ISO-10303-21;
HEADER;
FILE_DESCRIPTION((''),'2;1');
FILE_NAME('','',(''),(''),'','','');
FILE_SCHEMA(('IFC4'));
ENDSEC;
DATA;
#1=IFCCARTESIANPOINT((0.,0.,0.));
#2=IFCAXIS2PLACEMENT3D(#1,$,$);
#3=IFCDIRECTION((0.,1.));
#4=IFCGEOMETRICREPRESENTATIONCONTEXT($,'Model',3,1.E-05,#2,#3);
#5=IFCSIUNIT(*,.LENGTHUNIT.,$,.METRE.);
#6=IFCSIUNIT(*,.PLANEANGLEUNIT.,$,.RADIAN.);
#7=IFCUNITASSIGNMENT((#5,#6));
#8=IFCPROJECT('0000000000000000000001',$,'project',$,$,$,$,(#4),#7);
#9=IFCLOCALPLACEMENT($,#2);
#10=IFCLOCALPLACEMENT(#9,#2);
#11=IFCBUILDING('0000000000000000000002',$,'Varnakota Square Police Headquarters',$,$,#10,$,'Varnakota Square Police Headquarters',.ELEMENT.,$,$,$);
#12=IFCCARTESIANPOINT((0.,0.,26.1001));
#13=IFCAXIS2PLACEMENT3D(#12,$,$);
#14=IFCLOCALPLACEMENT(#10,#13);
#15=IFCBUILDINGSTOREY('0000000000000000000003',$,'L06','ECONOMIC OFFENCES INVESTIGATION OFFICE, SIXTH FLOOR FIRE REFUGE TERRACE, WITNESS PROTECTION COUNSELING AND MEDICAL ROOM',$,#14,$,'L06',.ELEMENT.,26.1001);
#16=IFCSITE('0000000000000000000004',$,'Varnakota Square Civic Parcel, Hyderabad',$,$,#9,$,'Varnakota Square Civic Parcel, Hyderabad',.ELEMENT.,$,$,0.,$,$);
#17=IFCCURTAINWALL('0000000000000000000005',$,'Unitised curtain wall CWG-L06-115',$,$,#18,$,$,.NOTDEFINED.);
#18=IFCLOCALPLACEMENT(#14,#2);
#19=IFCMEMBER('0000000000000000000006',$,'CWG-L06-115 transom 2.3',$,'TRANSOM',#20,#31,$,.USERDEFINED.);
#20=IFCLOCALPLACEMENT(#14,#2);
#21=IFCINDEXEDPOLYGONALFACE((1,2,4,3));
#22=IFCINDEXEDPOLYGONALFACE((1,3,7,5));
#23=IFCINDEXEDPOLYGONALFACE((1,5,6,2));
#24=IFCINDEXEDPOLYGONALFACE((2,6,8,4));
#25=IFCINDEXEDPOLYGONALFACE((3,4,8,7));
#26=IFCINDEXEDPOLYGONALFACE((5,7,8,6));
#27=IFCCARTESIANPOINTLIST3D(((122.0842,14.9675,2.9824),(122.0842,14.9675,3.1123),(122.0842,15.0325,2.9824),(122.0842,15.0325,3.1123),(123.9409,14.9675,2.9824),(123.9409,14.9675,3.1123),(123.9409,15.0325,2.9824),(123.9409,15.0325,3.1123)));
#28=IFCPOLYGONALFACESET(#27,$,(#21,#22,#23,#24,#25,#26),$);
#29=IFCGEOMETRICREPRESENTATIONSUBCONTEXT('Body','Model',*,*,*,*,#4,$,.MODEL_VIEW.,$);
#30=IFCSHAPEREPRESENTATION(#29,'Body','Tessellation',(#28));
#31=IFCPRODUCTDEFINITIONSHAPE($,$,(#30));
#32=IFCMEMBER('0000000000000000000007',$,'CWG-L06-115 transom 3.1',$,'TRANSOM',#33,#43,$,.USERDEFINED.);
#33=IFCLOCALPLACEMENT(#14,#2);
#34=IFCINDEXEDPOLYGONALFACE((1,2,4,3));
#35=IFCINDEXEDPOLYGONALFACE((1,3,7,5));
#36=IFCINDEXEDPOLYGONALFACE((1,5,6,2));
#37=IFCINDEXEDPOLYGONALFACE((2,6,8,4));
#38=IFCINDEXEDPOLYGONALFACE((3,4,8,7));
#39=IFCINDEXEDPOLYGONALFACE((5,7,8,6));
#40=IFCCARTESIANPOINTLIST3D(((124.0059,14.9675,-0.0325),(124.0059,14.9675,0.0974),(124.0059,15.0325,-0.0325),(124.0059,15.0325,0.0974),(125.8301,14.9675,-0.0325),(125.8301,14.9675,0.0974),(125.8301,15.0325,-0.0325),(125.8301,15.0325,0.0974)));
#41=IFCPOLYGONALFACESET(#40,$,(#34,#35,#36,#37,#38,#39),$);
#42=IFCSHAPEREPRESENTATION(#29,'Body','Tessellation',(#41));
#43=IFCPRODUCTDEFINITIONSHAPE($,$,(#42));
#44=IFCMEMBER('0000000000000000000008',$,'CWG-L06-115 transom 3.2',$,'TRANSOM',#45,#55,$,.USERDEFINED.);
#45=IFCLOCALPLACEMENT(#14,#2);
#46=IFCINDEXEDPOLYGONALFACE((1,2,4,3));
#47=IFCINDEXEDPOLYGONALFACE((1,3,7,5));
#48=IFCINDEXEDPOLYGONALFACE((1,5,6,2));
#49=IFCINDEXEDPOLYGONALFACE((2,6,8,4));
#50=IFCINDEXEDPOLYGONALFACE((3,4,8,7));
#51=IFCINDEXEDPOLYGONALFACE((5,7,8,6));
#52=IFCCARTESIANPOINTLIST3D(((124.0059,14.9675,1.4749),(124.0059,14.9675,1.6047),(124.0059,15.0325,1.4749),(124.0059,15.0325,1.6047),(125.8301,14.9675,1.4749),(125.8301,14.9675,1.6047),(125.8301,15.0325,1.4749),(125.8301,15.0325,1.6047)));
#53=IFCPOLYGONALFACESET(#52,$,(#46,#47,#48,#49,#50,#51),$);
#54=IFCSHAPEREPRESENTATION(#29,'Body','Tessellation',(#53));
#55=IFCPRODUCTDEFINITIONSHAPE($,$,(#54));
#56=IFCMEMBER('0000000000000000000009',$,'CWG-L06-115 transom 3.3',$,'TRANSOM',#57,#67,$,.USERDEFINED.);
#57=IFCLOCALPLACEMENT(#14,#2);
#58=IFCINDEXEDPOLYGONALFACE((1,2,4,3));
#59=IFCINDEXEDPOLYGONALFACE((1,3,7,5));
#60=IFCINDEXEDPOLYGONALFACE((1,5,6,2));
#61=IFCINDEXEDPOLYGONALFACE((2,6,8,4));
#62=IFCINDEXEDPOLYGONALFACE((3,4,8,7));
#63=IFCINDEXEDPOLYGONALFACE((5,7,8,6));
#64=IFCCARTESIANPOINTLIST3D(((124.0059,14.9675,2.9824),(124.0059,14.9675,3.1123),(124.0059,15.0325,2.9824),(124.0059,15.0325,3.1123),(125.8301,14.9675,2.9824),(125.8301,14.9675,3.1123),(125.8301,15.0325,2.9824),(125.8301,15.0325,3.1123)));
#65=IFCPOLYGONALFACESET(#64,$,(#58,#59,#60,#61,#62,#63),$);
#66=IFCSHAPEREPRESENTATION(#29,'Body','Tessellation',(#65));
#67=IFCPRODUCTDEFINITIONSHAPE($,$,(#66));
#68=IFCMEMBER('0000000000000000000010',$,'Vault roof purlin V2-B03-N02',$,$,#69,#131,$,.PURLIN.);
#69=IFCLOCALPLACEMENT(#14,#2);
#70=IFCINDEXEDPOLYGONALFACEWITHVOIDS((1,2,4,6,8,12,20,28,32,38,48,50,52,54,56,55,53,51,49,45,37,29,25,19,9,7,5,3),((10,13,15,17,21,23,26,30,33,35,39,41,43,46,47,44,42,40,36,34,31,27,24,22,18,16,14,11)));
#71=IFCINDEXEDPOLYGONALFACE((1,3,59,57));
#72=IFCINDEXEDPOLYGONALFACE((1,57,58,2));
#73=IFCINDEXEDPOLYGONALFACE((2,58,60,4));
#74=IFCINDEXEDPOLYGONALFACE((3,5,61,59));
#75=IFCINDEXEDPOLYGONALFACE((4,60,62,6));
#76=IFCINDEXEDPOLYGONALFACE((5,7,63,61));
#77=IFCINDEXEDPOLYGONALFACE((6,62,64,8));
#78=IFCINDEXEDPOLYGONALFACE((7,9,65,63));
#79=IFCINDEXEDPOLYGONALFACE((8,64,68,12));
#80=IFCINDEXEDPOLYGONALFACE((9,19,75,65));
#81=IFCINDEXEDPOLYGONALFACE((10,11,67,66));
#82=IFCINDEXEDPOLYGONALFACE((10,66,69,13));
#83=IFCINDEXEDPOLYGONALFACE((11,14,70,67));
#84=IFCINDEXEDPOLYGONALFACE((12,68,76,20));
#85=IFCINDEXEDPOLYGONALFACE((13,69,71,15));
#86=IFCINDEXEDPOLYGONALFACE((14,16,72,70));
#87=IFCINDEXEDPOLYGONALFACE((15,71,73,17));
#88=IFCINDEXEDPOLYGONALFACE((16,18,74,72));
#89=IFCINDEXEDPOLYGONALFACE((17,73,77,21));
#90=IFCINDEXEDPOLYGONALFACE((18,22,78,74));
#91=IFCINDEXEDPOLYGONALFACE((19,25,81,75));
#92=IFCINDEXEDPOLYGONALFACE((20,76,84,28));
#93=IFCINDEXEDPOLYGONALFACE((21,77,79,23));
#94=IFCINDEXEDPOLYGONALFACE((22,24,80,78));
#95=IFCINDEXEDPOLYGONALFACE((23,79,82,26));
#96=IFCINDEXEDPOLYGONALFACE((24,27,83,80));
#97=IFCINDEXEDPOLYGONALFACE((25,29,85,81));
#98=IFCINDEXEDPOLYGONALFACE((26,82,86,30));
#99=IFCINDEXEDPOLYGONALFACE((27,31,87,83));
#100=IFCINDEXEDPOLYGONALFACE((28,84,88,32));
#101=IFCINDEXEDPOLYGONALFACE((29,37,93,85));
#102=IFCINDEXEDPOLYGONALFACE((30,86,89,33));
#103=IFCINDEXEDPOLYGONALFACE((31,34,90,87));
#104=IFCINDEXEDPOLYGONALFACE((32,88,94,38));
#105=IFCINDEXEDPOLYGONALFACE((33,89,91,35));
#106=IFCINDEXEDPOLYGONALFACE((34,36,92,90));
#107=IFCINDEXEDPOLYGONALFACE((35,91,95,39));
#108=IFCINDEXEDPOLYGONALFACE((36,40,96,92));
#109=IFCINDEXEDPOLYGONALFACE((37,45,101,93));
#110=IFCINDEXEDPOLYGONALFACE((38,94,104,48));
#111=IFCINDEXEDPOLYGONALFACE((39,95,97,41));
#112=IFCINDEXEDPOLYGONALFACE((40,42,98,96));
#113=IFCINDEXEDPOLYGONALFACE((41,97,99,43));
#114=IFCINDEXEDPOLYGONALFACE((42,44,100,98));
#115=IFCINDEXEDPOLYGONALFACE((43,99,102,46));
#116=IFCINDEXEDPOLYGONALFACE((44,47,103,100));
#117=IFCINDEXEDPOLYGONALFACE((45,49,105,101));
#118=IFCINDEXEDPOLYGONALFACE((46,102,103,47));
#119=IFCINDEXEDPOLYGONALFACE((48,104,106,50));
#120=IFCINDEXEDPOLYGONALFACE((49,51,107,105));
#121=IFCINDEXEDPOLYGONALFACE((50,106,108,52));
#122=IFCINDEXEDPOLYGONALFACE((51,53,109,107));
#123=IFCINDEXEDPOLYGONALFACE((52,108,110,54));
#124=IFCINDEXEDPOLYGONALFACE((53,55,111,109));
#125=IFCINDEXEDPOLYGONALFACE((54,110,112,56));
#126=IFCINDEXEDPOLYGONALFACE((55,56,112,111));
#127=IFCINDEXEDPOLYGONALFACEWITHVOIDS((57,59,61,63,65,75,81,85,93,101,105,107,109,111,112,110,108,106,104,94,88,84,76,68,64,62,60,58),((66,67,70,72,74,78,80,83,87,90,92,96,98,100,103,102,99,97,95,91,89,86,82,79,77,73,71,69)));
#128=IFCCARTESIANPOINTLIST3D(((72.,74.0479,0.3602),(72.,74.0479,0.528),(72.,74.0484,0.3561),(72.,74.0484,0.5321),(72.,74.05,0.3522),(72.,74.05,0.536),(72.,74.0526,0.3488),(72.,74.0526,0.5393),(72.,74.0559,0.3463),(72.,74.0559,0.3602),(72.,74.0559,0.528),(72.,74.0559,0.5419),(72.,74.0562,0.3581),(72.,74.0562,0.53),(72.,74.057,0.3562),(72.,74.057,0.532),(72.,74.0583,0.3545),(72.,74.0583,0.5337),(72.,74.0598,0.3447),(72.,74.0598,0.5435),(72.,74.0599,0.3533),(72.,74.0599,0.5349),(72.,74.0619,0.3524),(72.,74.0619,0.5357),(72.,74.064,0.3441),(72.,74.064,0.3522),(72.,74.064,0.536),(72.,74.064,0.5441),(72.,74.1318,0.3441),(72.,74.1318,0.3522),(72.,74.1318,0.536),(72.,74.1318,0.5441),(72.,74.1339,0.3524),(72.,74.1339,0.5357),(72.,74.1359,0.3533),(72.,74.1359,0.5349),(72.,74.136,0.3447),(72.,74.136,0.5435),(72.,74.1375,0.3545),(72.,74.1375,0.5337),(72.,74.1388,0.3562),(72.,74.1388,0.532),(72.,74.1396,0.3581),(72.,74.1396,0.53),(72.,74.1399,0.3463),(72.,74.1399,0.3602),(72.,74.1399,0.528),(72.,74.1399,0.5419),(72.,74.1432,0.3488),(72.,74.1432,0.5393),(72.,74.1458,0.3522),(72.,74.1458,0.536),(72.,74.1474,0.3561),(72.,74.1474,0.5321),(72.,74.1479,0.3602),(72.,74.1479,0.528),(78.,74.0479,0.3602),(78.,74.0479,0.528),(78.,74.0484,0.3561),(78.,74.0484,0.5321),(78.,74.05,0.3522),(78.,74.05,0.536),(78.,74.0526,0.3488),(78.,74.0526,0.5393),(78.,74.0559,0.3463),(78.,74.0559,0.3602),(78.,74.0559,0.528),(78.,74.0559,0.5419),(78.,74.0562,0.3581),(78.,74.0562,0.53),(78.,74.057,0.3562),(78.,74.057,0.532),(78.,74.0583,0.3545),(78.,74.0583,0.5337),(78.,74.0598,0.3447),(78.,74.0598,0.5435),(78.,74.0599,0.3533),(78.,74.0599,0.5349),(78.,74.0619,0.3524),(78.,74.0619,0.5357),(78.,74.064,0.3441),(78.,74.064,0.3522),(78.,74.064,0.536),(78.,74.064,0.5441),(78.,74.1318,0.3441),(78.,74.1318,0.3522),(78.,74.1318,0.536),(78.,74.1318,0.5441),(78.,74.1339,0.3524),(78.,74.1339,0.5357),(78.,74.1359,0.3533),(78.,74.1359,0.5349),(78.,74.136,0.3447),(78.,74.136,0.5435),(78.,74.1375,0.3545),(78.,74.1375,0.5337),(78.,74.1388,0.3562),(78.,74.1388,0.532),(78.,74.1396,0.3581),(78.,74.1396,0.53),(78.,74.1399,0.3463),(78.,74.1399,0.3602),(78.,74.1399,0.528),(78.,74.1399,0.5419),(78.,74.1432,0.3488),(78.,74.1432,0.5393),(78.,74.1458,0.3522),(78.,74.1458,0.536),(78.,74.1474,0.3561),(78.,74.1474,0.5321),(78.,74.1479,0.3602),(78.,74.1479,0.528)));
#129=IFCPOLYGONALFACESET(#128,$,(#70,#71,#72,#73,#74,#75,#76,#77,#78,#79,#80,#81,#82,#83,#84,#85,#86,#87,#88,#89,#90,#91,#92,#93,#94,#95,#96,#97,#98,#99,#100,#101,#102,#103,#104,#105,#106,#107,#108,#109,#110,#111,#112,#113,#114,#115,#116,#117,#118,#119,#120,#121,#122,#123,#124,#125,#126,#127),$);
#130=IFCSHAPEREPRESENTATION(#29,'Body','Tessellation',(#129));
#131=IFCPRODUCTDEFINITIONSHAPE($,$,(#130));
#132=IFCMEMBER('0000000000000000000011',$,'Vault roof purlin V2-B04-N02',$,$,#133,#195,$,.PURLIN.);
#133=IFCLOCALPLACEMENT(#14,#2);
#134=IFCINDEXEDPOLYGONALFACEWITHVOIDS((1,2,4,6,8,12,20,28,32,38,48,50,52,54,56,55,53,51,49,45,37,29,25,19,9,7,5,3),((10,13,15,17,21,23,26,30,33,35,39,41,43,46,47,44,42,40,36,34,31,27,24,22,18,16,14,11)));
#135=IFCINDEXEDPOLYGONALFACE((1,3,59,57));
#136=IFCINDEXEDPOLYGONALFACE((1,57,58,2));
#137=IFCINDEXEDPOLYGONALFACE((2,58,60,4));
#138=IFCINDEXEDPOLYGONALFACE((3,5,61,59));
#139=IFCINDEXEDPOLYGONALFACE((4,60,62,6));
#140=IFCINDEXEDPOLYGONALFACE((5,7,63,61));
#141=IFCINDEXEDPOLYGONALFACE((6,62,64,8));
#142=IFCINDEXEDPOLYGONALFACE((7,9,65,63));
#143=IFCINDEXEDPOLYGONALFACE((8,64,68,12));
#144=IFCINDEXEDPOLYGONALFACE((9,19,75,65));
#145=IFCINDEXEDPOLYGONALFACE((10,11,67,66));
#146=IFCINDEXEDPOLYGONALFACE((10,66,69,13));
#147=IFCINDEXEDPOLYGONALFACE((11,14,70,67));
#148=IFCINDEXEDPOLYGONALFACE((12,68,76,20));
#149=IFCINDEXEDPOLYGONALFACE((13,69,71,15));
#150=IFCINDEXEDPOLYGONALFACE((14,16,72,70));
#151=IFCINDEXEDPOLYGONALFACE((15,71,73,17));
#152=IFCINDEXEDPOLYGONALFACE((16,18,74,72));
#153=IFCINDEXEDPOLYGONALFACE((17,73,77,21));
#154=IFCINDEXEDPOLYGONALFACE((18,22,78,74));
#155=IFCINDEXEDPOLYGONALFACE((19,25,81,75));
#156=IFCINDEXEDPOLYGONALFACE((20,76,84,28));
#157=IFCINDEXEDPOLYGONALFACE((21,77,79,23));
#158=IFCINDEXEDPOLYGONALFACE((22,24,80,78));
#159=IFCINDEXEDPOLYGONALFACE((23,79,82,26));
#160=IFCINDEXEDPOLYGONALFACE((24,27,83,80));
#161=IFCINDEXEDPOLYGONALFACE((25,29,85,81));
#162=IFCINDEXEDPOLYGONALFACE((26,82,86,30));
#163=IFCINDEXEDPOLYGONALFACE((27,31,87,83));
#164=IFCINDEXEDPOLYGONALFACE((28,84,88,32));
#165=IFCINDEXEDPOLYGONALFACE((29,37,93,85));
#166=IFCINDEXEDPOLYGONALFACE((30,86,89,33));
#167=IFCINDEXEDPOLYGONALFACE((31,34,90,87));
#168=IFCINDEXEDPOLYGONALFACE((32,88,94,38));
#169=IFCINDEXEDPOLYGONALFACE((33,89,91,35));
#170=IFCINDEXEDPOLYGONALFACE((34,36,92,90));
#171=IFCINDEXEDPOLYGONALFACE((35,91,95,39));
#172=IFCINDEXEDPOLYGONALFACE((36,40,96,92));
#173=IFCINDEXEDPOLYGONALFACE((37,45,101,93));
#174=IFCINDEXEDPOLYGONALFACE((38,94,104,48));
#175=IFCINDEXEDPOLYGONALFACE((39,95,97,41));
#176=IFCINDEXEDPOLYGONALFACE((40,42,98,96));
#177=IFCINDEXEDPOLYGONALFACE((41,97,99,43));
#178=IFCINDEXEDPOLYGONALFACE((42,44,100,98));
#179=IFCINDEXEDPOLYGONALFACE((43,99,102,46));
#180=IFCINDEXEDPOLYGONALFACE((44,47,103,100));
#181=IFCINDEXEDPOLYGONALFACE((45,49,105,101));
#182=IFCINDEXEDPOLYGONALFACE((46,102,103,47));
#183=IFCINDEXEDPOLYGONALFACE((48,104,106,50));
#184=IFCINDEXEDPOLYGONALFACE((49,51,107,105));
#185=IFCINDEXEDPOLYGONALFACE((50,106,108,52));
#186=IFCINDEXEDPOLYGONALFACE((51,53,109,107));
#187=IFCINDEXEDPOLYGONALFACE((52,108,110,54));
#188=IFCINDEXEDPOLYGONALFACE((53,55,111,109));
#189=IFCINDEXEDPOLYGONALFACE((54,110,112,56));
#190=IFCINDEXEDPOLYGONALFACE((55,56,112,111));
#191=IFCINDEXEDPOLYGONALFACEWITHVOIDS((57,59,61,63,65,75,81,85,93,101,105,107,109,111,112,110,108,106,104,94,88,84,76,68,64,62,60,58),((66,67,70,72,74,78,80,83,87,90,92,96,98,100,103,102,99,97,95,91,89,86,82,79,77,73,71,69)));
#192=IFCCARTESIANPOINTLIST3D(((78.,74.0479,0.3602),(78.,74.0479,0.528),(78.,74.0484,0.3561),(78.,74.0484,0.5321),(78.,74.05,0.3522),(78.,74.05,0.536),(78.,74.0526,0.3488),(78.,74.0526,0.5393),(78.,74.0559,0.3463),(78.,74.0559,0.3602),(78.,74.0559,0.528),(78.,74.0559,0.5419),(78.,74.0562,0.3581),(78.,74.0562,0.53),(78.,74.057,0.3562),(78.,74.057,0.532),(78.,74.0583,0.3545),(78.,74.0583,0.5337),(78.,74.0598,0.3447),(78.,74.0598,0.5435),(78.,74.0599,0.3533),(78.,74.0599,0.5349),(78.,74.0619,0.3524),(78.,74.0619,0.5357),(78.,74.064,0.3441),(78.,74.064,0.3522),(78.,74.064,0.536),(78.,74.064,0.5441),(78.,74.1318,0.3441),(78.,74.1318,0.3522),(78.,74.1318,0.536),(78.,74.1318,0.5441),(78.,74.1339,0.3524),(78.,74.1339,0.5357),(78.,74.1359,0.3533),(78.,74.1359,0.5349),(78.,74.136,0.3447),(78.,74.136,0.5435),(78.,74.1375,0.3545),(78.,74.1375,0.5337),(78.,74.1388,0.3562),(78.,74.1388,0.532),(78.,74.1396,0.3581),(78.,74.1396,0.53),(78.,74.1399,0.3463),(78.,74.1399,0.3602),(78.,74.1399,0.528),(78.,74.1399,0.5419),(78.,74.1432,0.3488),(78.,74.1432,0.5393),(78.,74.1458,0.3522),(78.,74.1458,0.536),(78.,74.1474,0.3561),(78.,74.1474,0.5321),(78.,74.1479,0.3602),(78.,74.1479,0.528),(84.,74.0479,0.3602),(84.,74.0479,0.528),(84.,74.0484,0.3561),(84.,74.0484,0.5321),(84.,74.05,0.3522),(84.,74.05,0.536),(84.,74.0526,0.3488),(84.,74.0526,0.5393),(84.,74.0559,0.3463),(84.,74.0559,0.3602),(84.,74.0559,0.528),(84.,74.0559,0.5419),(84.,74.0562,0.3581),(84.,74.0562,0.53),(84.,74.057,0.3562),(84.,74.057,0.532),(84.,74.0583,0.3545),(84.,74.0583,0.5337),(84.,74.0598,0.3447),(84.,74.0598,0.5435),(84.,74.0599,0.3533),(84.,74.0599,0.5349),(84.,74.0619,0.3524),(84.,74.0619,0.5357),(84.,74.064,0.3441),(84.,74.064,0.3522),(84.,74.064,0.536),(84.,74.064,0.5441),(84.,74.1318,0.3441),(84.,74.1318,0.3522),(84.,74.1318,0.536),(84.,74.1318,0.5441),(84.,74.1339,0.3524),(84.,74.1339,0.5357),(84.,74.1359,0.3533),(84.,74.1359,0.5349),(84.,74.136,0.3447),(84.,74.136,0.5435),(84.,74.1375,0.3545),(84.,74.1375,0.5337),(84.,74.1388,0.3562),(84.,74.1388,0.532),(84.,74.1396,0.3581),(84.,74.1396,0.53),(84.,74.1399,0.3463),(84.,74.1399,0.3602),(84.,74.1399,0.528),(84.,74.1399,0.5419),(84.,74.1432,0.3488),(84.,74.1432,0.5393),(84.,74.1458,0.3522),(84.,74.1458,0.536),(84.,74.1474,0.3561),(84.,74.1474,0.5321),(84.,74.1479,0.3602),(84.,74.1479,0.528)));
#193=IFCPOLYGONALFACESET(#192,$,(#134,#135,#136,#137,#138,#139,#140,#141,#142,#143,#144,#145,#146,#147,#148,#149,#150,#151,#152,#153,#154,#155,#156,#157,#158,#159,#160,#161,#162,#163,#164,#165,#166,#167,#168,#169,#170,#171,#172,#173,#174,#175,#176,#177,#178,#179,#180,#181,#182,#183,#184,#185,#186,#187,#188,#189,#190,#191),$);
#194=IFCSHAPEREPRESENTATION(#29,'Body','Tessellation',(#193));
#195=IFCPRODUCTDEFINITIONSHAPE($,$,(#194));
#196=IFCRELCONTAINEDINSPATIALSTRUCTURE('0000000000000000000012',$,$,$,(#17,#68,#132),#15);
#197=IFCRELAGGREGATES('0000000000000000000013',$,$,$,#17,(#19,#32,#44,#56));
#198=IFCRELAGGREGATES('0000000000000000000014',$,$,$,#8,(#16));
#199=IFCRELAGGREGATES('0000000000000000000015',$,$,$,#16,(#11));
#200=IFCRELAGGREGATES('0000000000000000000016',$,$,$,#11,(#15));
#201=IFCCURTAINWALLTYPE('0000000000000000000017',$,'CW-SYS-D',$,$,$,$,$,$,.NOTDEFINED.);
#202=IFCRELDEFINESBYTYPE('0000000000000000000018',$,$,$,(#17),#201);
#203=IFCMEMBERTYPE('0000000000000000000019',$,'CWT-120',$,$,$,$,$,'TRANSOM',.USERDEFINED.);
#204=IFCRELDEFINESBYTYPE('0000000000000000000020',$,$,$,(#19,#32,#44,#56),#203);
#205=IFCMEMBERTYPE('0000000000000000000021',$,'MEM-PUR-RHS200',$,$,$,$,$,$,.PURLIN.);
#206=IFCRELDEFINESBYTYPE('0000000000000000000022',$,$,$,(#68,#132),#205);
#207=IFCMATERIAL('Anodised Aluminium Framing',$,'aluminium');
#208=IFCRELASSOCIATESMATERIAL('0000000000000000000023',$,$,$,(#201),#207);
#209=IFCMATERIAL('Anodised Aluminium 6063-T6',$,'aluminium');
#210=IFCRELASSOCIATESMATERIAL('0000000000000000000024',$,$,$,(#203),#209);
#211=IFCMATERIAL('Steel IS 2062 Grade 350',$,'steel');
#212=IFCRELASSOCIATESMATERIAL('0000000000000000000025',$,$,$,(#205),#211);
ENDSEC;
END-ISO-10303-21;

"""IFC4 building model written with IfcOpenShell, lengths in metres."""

from ifc_helpers import new_model, si_unit, direction, frame, origin, origin_2d, place, context, subcontext, project, spatial, rectangle, hollow_rectangle, extrude, material, material_profile, profile_set, type_object, element, aggregate, save


model = new_model("IFC4")

# Units and contexts
model_context = context("Model", 3, precision=1e-05, world=origin(), true_north=direction((0.0, 1.0)))
body_context = subcontext(model_context, "Body", "Model", "MODEL_VIEW")
ifc_project = project(units=[si_unit("LENGTHUNIT", "METRE"), si_unit("PLANEANGLEUNIT", "RADIAN")], contexts=[model_context])

# Site, building, storey
site_placement = place(None, origin())
site = spatial("IfcSite", under=ifc_project, at=site_placement, Name="Varnakota Square Civic Parcel, Hyderabad", LongName="Varnakota Square Civic Parcel, Hyderabad", CompositionType="ELEMENT", RefElevation=0.0)
building_placement = place(site_placement, origin())
building = spatial("IfcBuilding", under=site, at=building_placement, Name="Varnakota Square Police Headquarters", LongName="Varnakota Square Police Headquarters", CompositionType="ELEMENT")
storey_placement = place(building_placement, frame((0.0, 0.0, 26.1001)))
storey = spatial("IfcBuildingStorey", under=building, at=storey_placement, Name="L06", Description="ECONOMIC OFFENCES INVESTIGATION OFFICE, SIXTH FLOOR FIRE REFUGE TERRACE, WITNESS PROTECTION COUNSELING AND MEDICAL ROOM", LongName="L06", CompositionType="ELEMENT", Elevation=26.1001)

# Shared definitions
ifc_material_1 = material(Name="Steel IS 2062 Grade 350", Category="steel")

# Shared definitions
ifc_material_2 = material(Name="Anodised Aluminium Framing", Category="aluminium")
curtain_wall_type = type_object("IfcCurtainWallType", Name="CW-SYS-D", PredefinedType="NOTDEFINED", material=ifc_material_2)
ifc_material_3 = material(Name="Anodised Aluminium 6063-T6", Category="aluminium")

# Curtain wall, members
curtain_wall_1_placement = place(storey_placement, origin())
curtain_wall_1 = element("IfcCurtainWall", 1, at=curtain_wall_1_placement, inside=storey, type_object=curtain_wall_type, Name="Unitised curtain wall CWG-L06-115", PredefinedType="NOTDEFINED")
ifc_material_profile_1 = material_profile(ifc_material_3, rectangle(XDim=0.0649, YDim=0.1299, at=origin_2d()), Name="ALU TRANSOM 65x130")
ifc_profile_set_1 = profile_set([ifc_material_profile_1], Name="Anodised Aluminium 6063-T6")
member_type_1 = type_object("IfcMemberType", Name="CWT-120", ElementType="TRANSOM", PredefinedType="USERDEFINED", material=ifc_profile_set_1)
member_1_placement = place(storey_placement, frame((122.0842, 15.0, 3.0474), z_axis=(1.0, 0.0, 0.0), x_axis=(0.0, 1.0, 0.0)))
member_1 = element("IfcMember", 2, at=member_1_placement, type_object=member_type_1, Name="CWG-L06-115 transom 2.3", ObjectType="TRANSOM", PredefinedType="USERDEFINED", context=body_context, shape_type="SweptSolid", body=[
    extrude(rectangle(XDim=0.0649, YDim=0.1299, at=origin_2d()), origin(), (0.0, 0.0, 1.0), 1.8567),
])
member_2_placement = place(storey_placement, frame((124.0059, 15.0, 0.0325), z_axis=(1.0, 0.0, 0.0), x_axis=(0.0, 1.0, 0.0)))
member_2 = element("IfcMember", 3, at=member_2_placement, type_object=member_type_1, Name="CWG-L06-115 transom 3.1", ObjectType="TRANSOM", PredefinedType="USERDEFINED", context=body_context, shape_type="SweptSolid", body=[
    extrude(rectangle(XDim=0.0649, YDim=0.1299, at=origin_2d()), origin(), (0.0, 0.0, 1.0), 1.8242),
])
member_3_placement = place(storey_placement, frame((124.0059, 15.0, 1.5398), z_axis=(1.0, 0.0, 0.0), x_axis=(0.0, 1.0, 0.0)))
member_3 = element("IfcMember", 4, at=member_3_placement, type_object=member_type_1, Name="CWG-L06-115 transom 3.2", ObjectType="TRANSOM", PredefinedType="USERDEFINED", context=body_context, shape_type="SweptSolid", body=[
    extrude(rectangle(XDim=0.0649, YDim=0.1299, at=origin_2d()), origin(), (0.0, 0.0, 1.0), 1.8242),
])
member_4_placement = place(storey_placement, frame((124.0059, 15.0, 3.0474), z_axis=(1.0, 0.0, 0.0), x_axis=(0.0, 1.0, 0.0)))
member_4 = element("IfcMember", 5, at=member_4_placement, type_object=member_type_1, Name="CWG-L06-115 transom 3.3", ObjectType="TRANSOM", PredefinedType="USERDEFINED", context=body_context, shape_type="SweptSolid", body=[
    extrude(rectangle(XDim=0.0649, YDim=0.1299, at=origin_2d()), origin(), (0.0, 0.0, 1.0), 1.8242),
])

# Members
ifc_material_profile_2 = material_profile(ifc_material_1, hollow_rectangle(XDim=0.1001, YDim=0.2, WallThickness=0.0081, InnerFilletRadius=0.0081, OuterFilletRadius=0.0161, at=origin_2d()), Name="RHS 200x100x8")
ifc_profile_set_2 = profile_set([ifc_material_profile_2], Name="Steel IS 2062 Grade 350")
member_type_2 = type_object("IfcMemberType", Name="MEM-PUR-RHS200", PredefinedType="PURLIN", material=ifc_profile_set_2)
for number, where, z_axis, x_axis, name in (
    (6, (72.0, 74.0979, 0.4441), (1.0, 0.0, 0.0), (0.0, 1.0, 0.0), "Vault roof purlin V2-B03-N02"),
    (7, (78.0, 74.0979, 0.4441), (1.0, 0.0, 0.0), (0.0, 1.0, 0.0), "Vault roof purlin V2-B04-N02"),
):
    element("IfcMember", number, at=place(storey_placement, frame(where, z_axis=z_axis, x_axis=x_axis)), inside=storey, type_object=member_type_2, Name=name, PredefinedType="PURLIN", context=body_context, shape_type="SweptSolid", body=[
        extrude(hollow_rectangle(XDim=0.1001, YDim=0.2, WallThickness=0.0081, InnerFilletRadius=0.0081, OuterFilletRadius=0.0161, at=origin_2d()), origin(), (0.0, 0.0, 1.0), 6.0),
    ])

aggregate(curtain_wall_1, [member_1, member_2, member_3, member_4])

save(model, "model.ifc")
